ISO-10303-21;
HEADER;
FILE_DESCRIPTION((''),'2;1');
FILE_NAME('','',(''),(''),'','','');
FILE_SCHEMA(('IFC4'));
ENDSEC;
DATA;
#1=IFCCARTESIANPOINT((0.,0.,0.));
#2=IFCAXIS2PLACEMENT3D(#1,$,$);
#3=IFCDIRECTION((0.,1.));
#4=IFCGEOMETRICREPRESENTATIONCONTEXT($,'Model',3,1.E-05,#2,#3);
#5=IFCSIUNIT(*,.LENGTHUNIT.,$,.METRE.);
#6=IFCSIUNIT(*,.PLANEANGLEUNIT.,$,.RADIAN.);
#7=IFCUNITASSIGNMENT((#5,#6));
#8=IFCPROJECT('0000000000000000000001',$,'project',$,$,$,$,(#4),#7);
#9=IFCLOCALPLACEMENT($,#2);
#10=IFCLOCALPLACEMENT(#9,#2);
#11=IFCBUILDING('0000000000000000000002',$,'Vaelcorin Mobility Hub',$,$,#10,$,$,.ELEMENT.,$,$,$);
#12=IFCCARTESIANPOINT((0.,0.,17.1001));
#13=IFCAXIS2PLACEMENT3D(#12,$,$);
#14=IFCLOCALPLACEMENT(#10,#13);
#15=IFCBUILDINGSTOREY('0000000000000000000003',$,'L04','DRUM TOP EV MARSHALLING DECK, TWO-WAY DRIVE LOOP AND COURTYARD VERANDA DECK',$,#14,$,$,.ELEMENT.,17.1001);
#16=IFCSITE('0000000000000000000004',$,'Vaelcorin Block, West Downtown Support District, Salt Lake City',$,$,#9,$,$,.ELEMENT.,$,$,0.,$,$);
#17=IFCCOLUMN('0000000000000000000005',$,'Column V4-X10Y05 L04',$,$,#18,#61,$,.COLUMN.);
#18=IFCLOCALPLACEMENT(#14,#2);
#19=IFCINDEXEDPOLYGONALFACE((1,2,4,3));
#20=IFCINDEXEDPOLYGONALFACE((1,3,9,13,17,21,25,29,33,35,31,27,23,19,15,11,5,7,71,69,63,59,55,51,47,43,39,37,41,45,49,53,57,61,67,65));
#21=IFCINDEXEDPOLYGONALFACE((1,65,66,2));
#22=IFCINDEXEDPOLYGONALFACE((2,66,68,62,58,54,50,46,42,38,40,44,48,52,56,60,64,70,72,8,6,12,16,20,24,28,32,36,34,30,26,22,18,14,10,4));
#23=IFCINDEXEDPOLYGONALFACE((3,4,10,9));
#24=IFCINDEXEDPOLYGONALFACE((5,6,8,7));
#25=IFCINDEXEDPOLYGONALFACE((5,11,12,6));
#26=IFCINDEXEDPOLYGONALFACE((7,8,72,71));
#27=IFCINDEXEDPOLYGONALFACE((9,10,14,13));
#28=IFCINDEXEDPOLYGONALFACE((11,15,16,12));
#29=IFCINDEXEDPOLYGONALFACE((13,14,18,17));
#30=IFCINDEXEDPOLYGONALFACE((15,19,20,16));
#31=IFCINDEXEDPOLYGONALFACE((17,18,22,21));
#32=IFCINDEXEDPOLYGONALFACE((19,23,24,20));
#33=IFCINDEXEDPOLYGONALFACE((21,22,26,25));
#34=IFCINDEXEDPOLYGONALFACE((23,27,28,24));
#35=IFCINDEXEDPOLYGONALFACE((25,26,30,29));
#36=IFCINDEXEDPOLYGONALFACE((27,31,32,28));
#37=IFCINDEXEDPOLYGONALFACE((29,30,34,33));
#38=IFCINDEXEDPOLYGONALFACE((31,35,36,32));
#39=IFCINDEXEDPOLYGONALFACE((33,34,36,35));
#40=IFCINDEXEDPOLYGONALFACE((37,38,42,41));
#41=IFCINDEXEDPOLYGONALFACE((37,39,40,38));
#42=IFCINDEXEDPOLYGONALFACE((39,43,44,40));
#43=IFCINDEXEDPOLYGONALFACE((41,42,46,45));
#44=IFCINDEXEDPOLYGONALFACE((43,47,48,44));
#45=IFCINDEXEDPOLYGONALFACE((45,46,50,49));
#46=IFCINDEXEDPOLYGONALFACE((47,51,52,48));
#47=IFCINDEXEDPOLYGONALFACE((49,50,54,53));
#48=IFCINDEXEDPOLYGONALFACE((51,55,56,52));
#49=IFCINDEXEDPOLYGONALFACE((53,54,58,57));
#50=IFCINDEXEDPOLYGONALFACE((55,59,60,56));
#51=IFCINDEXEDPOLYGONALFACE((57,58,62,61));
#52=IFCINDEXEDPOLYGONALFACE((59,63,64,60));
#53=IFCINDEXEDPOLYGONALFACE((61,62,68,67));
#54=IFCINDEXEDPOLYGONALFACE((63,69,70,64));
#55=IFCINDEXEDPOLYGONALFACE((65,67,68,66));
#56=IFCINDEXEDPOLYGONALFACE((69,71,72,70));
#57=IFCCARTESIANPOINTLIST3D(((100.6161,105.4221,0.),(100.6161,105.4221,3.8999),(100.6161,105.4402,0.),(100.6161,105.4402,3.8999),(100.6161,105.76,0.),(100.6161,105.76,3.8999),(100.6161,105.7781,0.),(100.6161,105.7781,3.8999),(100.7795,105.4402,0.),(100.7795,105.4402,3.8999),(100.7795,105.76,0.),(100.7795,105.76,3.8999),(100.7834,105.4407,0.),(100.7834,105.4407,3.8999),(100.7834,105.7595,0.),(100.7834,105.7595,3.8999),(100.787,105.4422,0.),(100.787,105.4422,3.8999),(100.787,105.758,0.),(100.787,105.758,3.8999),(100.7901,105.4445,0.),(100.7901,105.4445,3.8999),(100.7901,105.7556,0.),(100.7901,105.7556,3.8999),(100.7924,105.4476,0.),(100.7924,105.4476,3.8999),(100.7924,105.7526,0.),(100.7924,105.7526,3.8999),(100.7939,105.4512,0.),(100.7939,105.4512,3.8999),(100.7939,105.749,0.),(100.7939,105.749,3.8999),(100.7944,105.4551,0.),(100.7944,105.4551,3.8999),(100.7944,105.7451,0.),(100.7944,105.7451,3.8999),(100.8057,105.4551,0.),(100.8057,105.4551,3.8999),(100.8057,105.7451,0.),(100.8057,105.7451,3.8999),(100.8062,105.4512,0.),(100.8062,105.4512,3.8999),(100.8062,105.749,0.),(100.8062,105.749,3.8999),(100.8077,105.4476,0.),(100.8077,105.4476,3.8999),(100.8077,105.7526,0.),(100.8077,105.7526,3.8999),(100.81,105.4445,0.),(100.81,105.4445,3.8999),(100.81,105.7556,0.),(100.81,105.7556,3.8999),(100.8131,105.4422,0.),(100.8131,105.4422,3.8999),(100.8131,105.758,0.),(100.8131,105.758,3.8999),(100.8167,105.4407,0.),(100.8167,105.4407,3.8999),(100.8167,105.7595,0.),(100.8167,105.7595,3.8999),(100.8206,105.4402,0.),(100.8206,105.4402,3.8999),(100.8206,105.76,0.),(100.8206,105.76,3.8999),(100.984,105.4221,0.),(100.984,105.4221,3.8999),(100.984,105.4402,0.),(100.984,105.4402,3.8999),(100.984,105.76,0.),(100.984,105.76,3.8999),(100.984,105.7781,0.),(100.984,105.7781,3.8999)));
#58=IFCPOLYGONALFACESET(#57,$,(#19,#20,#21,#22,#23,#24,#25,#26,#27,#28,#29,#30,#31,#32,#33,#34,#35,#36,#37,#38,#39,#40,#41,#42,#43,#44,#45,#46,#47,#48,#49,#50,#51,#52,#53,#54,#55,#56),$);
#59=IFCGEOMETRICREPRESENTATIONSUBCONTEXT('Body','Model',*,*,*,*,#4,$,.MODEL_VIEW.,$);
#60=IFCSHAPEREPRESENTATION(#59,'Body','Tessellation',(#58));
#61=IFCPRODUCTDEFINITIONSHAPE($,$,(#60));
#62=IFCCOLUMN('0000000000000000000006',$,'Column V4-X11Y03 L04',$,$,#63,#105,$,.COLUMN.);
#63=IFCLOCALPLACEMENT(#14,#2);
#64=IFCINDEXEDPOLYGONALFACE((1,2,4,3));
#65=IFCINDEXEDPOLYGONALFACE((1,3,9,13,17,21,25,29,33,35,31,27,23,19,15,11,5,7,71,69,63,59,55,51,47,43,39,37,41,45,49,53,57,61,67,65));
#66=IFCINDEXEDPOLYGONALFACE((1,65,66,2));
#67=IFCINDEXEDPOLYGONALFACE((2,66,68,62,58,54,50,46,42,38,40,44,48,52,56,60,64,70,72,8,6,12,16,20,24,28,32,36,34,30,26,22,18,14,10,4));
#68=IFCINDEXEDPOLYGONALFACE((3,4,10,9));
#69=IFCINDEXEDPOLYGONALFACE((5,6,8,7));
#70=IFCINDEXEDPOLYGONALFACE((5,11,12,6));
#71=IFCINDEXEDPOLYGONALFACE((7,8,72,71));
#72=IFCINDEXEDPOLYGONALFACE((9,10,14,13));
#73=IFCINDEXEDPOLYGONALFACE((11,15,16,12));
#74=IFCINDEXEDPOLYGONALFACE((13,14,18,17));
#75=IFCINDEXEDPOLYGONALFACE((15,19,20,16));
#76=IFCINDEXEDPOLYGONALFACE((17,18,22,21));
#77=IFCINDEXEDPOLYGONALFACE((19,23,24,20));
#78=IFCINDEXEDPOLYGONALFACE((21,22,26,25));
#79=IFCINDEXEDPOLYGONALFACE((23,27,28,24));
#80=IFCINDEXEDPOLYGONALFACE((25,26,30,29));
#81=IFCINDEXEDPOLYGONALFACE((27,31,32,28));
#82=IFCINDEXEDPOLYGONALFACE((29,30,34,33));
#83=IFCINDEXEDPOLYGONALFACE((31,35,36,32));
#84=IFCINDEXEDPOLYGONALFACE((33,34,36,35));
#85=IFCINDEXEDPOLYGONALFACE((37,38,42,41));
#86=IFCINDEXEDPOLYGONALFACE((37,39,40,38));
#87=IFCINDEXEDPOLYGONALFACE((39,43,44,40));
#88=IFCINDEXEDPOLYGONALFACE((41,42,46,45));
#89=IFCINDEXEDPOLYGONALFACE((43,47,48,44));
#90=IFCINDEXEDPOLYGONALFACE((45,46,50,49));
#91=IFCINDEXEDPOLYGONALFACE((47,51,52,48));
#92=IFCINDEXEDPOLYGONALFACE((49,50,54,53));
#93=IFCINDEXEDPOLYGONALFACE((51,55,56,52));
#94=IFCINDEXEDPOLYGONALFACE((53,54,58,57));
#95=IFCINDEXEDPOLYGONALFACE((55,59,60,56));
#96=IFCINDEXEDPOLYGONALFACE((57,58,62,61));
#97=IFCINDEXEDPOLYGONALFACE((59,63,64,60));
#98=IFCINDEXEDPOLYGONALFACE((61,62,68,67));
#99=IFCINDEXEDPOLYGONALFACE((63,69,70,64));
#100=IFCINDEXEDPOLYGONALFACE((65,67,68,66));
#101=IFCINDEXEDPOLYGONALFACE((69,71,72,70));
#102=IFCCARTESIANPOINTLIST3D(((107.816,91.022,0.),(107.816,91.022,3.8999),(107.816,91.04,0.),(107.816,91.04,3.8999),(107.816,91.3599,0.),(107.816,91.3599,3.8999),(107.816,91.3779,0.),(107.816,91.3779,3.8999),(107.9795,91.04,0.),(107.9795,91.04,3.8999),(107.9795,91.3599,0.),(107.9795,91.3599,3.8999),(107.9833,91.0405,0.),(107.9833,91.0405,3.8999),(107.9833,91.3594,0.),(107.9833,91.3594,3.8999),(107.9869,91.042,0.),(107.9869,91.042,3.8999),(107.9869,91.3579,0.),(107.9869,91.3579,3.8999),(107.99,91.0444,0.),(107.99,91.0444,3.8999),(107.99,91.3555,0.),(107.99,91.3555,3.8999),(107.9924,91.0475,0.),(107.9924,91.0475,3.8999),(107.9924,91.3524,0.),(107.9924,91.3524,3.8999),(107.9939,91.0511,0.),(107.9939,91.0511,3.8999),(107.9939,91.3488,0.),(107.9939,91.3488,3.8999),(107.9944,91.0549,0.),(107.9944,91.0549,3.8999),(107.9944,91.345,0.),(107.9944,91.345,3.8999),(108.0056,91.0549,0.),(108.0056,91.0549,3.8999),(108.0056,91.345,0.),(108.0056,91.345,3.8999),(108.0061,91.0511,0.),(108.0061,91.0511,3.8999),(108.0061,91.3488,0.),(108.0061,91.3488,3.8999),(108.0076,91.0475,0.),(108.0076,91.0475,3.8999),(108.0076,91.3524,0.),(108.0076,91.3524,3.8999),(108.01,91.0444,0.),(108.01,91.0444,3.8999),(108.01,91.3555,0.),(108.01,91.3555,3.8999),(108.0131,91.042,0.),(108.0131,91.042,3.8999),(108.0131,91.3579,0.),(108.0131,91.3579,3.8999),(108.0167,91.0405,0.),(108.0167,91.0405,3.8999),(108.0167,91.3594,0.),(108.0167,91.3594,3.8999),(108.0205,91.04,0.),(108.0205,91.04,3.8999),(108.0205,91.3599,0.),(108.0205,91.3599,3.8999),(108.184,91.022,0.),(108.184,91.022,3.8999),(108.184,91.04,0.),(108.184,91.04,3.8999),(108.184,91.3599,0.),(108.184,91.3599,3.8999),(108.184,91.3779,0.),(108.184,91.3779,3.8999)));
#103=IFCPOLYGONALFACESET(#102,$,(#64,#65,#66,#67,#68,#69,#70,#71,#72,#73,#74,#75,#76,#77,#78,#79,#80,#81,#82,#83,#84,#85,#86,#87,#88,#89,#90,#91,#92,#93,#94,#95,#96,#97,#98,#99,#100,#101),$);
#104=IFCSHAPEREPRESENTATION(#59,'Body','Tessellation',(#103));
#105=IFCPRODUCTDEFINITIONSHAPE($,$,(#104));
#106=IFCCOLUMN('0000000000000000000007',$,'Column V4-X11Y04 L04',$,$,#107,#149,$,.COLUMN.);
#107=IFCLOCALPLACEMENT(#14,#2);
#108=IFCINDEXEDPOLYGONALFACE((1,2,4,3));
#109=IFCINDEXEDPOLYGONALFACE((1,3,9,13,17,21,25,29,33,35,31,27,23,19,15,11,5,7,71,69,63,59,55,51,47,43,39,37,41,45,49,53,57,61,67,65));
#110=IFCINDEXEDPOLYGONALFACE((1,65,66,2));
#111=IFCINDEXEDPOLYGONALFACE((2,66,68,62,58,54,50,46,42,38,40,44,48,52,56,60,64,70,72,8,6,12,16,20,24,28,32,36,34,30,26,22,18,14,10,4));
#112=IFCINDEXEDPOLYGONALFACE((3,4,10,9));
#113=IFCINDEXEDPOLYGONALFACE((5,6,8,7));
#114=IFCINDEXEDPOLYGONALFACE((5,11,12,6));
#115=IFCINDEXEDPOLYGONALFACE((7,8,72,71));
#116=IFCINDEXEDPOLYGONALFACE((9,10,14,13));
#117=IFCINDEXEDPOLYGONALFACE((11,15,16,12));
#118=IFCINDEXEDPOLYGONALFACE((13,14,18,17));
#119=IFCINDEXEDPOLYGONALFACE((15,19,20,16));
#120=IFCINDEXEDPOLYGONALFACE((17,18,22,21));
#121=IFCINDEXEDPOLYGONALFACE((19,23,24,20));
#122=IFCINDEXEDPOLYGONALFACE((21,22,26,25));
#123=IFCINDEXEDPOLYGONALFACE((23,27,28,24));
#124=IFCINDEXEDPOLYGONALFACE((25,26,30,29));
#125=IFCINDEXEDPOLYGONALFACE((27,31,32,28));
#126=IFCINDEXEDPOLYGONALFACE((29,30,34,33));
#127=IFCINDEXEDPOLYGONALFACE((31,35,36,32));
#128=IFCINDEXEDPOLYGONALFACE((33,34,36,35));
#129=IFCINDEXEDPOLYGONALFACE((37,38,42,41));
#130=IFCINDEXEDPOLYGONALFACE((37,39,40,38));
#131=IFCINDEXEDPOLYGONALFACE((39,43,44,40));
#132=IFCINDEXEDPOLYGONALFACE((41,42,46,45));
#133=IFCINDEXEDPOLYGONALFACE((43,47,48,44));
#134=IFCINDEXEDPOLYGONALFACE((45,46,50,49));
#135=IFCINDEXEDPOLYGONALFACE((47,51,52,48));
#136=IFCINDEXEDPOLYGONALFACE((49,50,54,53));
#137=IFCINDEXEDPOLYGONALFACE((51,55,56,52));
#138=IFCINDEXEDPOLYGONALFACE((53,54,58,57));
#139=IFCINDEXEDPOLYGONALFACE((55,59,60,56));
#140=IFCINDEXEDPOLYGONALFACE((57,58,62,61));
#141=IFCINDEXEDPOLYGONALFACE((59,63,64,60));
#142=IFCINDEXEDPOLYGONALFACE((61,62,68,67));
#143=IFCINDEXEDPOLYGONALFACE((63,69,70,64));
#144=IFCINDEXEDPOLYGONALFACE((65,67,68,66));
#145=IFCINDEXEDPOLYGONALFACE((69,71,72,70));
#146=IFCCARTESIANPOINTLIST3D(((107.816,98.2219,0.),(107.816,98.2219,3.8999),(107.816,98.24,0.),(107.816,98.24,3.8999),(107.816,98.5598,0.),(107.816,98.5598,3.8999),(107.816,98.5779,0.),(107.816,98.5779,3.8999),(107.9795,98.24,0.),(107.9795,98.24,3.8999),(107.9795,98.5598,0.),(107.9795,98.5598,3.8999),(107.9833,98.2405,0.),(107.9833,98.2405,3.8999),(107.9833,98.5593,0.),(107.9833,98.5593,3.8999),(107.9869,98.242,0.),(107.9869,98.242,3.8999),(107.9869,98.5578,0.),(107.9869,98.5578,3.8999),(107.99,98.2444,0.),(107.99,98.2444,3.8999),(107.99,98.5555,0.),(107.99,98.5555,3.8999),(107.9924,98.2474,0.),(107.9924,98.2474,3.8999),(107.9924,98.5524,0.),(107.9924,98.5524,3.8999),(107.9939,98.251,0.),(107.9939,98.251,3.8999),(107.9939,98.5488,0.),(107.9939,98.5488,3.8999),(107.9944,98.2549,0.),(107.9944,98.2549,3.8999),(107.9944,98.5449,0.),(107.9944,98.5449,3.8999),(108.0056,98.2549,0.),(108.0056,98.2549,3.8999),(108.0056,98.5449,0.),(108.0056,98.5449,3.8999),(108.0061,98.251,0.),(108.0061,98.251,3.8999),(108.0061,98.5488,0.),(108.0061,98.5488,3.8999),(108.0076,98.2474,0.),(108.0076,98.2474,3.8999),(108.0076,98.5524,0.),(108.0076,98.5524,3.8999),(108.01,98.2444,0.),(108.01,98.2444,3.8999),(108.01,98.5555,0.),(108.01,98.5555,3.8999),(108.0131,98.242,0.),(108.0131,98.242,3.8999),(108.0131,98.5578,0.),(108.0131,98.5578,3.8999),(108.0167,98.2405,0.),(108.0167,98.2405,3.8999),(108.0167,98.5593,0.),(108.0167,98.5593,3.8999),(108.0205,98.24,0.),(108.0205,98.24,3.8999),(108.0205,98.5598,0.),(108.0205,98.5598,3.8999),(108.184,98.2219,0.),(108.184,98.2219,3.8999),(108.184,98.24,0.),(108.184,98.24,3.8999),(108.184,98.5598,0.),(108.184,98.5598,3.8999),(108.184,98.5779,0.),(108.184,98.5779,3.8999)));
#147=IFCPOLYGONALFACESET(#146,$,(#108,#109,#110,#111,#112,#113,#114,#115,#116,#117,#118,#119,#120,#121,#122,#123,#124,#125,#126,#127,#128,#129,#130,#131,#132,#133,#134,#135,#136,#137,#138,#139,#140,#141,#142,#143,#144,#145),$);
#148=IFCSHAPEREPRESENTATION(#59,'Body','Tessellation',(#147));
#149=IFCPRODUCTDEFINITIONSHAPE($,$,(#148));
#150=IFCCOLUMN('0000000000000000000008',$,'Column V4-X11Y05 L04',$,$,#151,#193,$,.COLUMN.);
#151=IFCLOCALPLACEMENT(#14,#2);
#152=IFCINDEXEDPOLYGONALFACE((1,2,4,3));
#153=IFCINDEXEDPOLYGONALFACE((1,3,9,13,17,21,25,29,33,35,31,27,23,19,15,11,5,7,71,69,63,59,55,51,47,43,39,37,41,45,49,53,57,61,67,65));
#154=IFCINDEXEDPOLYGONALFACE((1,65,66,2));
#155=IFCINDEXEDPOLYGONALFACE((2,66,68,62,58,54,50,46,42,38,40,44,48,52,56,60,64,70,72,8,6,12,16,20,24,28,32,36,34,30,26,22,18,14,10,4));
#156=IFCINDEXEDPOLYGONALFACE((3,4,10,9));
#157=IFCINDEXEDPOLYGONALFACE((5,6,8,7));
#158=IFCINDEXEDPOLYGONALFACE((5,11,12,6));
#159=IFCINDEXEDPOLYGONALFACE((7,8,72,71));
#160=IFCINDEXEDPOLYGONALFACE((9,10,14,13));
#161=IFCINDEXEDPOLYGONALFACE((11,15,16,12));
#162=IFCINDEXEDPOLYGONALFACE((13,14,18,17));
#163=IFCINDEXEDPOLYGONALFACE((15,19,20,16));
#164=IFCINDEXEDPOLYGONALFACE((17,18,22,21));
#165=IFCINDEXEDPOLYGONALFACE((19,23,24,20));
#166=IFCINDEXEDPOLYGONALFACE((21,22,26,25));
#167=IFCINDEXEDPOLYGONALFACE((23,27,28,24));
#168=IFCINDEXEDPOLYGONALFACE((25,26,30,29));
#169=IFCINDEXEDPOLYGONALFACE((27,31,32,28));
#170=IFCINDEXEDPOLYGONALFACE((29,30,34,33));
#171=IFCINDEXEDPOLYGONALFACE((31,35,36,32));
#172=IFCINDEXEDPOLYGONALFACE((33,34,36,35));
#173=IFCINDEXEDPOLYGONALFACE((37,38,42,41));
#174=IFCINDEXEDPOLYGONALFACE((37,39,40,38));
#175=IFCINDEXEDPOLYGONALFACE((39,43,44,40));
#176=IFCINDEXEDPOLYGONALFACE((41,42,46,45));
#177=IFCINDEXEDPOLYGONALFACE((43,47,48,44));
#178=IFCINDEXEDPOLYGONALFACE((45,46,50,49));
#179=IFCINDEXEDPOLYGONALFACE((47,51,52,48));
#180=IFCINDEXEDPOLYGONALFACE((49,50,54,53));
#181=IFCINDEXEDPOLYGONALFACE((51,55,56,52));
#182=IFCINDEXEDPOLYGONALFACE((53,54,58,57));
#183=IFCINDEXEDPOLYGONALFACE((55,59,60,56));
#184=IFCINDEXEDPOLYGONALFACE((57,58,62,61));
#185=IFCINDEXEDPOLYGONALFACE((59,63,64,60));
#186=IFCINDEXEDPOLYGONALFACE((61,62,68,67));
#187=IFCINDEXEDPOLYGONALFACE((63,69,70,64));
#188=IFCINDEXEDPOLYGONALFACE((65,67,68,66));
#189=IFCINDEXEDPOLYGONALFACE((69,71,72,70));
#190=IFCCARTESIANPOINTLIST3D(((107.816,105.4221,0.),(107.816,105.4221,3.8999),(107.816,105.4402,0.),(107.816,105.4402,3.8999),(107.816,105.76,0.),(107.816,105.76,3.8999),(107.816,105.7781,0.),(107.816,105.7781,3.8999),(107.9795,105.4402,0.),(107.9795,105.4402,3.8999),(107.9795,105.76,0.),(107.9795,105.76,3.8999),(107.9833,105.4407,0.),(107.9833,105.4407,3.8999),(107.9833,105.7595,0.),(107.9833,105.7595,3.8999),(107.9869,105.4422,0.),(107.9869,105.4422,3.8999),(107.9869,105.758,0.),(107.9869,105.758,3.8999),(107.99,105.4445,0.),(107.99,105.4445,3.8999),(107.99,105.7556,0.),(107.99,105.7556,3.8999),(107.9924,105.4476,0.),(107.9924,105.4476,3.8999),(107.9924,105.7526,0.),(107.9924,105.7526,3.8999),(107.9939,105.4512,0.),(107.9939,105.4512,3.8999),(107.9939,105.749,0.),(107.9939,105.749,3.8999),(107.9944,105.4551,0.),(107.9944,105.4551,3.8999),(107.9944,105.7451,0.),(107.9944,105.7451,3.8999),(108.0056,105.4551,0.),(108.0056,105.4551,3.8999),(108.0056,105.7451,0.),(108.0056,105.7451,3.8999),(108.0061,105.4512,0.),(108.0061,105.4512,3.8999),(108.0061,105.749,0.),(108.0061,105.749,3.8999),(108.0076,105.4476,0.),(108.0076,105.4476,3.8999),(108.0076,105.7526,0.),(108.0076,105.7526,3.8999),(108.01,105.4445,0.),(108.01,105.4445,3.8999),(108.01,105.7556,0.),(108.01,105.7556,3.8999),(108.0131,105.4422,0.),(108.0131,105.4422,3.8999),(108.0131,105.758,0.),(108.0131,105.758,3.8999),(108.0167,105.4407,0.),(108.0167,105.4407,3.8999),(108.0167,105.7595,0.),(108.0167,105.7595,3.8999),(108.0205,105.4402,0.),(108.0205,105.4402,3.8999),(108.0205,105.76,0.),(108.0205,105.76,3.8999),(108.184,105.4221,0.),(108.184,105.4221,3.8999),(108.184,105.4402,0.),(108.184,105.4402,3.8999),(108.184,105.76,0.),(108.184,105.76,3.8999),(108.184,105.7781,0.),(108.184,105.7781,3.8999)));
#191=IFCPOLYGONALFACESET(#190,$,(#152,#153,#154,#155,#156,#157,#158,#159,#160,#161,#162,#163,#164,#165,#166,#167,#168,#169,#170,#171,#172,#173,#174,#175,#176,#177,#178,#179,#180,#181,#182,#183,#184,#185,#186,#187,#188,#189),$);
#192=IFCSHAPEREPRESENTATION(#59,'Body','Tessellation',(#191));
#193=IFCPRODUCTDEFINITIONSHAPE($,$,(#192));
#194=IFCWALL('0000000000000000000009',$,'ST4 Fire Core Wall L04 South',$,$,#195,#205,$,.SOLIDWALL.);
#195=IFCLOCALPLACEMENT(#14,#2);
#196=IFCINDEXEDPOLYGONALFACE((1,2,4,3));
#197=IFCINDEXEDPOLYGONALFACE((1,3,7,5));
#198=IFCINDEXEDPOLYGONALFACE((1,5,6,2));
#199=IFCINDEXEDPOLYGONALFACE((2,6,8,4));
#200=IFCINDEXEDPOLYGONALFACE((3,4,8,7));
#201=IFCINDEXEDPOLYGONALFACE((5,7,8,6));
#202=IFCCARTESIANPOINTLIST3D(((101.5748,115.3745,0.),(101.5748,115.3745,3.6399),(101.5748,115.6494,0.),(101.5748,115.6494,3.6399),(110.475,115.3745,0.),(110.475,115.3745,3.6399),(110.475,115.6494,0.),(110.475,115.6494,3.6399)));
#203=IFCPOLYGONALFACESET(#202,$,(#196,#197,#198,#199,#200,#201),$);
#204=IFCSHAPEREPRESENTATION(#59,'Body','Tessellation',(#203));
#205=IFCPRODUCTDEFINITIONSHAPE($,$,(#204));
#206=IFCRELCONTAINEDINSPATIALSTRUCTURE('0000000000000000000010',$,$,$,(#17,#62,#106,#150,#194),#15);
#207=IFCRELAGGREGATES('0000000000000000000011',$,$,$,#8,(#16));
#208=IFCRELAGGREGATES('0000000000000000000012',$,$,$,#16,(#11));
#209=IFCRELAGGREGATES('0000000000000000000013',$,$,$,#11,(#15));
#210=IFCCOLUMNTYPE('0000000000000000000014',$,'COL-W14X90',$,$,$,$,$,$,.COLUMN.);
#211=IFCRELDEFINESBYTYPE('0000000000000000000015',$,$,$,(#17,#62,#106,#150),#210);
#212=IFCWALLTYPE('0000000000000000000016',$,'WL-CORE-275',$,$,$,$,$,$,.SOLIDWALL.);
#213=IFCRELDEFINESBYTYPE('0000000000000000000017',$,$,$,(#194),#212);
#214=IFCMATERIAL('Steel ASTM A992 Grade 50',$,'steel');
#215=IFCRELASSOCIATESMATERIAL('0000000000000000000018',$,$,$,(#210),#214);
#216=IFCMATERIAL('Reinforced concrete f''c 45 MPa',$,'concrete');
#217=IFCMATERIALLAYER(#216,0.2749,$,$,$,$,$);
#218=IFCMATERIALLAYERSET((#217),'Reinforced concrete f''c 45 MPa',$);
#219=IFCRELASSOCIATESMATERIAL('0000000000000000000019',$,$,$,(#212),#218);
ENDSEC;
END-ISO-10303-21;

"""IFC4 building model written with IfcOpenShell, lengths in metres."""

from ifc_helpers import new_model, si_unit, direction, frame, frame_2d, origin, origin_2d, place, context, subcontext, project, spatial, rectangle, i_section, extrude, material, layer, layer_set, material_profile, profile_set, type_object, element, save


model = new_model("IFC4")

# Units and contexts
model_context = context("Model", 3, precision=1e-05, world=origin(), true_north=direction((0.0, 1.0)))
body_context = subcontext(model_context, "Body", "Model", "MODEL_VIEW")
ifc_project = project(units=[si_unit("LENGTHUNIT", "METRE"), si_unit("PLANEANGLEUNIT", "RADIAN")], contexts=[model_context])

# Site, building, storey
site_placement = place(None, origin())
site = spatial("IfcSite", under=ifc_project, at=site_placement, Name="Vaelcorin Block, West Downtown Support District, Salt Lake City", CompositionType="ELEMENT", RefElevation=0.0)
building_placement = place(site_placement, origin())
building = spatial("IfcBuilding", under=site, at=building_placement, Name="Vaelcorin Mobility Hub", CompositionType="ELEMENT")
storey_placement = place(building_placement, frame((0.0, 0.0, 17.1001)))
storey = spatial("IfcBuildingStorey", under=building, at=storey_placement, Name="L04", Description="DRUM TOP EV MARSHALLING DECK, TWO-WAY DRIVE LOOP AND COURTYARD VERANDA DECK", CompositionType="ELEMENT", Elevation=17.1001)

# Columns
ifc_material_1 = material(Name="Steel ASTM A992 Grade 50", Category="steel")
ifc_material_profile_1 = material_profile(ifc_material_1, i_section(OverallWidth=0.3679, OverallDepth=0.356, WebThickness=0.0112, FlangeThickness=0.0181, FilletRadius=0.0149, at=origin_2d()), Name="W14X90")
ifc_profile_set_1 = profile_set([ifc_material_profile_1], Name="Steel ASTM A992 Grade 50")
column_type_1 = type_object("IfcColumnType", Name="COL-W14X90", PredefinedType="COLUMN", material=ifc_profile_set_1)
for number, where, z_axis, x_axis, name in (
    (1, (100.8, 105.6001, 0.0), (0.0, 0.0, 1.0), (1.0, 0.0, 0.0), "Column V4-X10Y05 L04"),
    (2, (108.0, 91.2, 0.0), (0.0, 0.0, 1.0), (1.0, 0.0, 0.0), "Column V4-X11Y03 L04"),
    (3, (108.0, 98.3999, 0.0), (0.0, 0.0, 1.0), (1.0, 0.0, 0.0), "Column V4-X11Y04 L04"),
    (4, (108.0, 105.6001, 0.0), (0.0, 0.0, 1.0), (1.0, 0.0, 0.0), "Column V4-X11Y05 L04"),
):
    element("IfcColumn", number, at=place(storey_placement, frame(where, z_axis=z_axis, x_axis=x_axis)), inside=storey, type_object=column_type_1, Name=name, PredefinedType="COLUMN", context=body_context, shape_type="SweptSolid", body=[
        extrude(i_section(OverallWidth=0.3679, OverallDepth=0.356, WebThickness=0.0112, FlangeThickness=0.0181, FilletRadius=0.0149, at=origin_2d()), origin(), (0.0, 0.0, 1.0), 3.8999),
    ])

# Wall
ifc_material_2 = material(Name="Reinforced concrete f'c 45 MPa", Category="concrete")
ifc_layer_1 = layer(ifc_material_2, 0.2749)
ifc_layer_set_1 = layer_set([ifc_layer_1], Name="Reinforced concrete f'c 45 MPa")
wall_type_1 = type_object("IfcWallType", Name="WL-CORE-275", PredefinedType="SOLIDWALL", material=ifc_layer_set_1)
wall_1_placement = place(storey_placement, frame((110.4751, 115.512, 0.0), z_axis=(0.0, 0.0, 1.0), x_axis=(-1.0, 0.0, 0.0)))
element("IfcWall", 5, at=wall_1_placement, inside=storey, type_object=wall_type_1, Name="ST4 Fire Core Wall L04 South", PredefinedType="SOLIDWALL", context=body_context, shape_type="SweptSolid", body=[
    extrude(rectangle(XDim=8.9001, YDim=0.2749, at=frame_2d((4.4502, 0.0))), origin(), (0.0, 0.0, 1.0), 3.6399),
])

save(model, "model.ifc")
